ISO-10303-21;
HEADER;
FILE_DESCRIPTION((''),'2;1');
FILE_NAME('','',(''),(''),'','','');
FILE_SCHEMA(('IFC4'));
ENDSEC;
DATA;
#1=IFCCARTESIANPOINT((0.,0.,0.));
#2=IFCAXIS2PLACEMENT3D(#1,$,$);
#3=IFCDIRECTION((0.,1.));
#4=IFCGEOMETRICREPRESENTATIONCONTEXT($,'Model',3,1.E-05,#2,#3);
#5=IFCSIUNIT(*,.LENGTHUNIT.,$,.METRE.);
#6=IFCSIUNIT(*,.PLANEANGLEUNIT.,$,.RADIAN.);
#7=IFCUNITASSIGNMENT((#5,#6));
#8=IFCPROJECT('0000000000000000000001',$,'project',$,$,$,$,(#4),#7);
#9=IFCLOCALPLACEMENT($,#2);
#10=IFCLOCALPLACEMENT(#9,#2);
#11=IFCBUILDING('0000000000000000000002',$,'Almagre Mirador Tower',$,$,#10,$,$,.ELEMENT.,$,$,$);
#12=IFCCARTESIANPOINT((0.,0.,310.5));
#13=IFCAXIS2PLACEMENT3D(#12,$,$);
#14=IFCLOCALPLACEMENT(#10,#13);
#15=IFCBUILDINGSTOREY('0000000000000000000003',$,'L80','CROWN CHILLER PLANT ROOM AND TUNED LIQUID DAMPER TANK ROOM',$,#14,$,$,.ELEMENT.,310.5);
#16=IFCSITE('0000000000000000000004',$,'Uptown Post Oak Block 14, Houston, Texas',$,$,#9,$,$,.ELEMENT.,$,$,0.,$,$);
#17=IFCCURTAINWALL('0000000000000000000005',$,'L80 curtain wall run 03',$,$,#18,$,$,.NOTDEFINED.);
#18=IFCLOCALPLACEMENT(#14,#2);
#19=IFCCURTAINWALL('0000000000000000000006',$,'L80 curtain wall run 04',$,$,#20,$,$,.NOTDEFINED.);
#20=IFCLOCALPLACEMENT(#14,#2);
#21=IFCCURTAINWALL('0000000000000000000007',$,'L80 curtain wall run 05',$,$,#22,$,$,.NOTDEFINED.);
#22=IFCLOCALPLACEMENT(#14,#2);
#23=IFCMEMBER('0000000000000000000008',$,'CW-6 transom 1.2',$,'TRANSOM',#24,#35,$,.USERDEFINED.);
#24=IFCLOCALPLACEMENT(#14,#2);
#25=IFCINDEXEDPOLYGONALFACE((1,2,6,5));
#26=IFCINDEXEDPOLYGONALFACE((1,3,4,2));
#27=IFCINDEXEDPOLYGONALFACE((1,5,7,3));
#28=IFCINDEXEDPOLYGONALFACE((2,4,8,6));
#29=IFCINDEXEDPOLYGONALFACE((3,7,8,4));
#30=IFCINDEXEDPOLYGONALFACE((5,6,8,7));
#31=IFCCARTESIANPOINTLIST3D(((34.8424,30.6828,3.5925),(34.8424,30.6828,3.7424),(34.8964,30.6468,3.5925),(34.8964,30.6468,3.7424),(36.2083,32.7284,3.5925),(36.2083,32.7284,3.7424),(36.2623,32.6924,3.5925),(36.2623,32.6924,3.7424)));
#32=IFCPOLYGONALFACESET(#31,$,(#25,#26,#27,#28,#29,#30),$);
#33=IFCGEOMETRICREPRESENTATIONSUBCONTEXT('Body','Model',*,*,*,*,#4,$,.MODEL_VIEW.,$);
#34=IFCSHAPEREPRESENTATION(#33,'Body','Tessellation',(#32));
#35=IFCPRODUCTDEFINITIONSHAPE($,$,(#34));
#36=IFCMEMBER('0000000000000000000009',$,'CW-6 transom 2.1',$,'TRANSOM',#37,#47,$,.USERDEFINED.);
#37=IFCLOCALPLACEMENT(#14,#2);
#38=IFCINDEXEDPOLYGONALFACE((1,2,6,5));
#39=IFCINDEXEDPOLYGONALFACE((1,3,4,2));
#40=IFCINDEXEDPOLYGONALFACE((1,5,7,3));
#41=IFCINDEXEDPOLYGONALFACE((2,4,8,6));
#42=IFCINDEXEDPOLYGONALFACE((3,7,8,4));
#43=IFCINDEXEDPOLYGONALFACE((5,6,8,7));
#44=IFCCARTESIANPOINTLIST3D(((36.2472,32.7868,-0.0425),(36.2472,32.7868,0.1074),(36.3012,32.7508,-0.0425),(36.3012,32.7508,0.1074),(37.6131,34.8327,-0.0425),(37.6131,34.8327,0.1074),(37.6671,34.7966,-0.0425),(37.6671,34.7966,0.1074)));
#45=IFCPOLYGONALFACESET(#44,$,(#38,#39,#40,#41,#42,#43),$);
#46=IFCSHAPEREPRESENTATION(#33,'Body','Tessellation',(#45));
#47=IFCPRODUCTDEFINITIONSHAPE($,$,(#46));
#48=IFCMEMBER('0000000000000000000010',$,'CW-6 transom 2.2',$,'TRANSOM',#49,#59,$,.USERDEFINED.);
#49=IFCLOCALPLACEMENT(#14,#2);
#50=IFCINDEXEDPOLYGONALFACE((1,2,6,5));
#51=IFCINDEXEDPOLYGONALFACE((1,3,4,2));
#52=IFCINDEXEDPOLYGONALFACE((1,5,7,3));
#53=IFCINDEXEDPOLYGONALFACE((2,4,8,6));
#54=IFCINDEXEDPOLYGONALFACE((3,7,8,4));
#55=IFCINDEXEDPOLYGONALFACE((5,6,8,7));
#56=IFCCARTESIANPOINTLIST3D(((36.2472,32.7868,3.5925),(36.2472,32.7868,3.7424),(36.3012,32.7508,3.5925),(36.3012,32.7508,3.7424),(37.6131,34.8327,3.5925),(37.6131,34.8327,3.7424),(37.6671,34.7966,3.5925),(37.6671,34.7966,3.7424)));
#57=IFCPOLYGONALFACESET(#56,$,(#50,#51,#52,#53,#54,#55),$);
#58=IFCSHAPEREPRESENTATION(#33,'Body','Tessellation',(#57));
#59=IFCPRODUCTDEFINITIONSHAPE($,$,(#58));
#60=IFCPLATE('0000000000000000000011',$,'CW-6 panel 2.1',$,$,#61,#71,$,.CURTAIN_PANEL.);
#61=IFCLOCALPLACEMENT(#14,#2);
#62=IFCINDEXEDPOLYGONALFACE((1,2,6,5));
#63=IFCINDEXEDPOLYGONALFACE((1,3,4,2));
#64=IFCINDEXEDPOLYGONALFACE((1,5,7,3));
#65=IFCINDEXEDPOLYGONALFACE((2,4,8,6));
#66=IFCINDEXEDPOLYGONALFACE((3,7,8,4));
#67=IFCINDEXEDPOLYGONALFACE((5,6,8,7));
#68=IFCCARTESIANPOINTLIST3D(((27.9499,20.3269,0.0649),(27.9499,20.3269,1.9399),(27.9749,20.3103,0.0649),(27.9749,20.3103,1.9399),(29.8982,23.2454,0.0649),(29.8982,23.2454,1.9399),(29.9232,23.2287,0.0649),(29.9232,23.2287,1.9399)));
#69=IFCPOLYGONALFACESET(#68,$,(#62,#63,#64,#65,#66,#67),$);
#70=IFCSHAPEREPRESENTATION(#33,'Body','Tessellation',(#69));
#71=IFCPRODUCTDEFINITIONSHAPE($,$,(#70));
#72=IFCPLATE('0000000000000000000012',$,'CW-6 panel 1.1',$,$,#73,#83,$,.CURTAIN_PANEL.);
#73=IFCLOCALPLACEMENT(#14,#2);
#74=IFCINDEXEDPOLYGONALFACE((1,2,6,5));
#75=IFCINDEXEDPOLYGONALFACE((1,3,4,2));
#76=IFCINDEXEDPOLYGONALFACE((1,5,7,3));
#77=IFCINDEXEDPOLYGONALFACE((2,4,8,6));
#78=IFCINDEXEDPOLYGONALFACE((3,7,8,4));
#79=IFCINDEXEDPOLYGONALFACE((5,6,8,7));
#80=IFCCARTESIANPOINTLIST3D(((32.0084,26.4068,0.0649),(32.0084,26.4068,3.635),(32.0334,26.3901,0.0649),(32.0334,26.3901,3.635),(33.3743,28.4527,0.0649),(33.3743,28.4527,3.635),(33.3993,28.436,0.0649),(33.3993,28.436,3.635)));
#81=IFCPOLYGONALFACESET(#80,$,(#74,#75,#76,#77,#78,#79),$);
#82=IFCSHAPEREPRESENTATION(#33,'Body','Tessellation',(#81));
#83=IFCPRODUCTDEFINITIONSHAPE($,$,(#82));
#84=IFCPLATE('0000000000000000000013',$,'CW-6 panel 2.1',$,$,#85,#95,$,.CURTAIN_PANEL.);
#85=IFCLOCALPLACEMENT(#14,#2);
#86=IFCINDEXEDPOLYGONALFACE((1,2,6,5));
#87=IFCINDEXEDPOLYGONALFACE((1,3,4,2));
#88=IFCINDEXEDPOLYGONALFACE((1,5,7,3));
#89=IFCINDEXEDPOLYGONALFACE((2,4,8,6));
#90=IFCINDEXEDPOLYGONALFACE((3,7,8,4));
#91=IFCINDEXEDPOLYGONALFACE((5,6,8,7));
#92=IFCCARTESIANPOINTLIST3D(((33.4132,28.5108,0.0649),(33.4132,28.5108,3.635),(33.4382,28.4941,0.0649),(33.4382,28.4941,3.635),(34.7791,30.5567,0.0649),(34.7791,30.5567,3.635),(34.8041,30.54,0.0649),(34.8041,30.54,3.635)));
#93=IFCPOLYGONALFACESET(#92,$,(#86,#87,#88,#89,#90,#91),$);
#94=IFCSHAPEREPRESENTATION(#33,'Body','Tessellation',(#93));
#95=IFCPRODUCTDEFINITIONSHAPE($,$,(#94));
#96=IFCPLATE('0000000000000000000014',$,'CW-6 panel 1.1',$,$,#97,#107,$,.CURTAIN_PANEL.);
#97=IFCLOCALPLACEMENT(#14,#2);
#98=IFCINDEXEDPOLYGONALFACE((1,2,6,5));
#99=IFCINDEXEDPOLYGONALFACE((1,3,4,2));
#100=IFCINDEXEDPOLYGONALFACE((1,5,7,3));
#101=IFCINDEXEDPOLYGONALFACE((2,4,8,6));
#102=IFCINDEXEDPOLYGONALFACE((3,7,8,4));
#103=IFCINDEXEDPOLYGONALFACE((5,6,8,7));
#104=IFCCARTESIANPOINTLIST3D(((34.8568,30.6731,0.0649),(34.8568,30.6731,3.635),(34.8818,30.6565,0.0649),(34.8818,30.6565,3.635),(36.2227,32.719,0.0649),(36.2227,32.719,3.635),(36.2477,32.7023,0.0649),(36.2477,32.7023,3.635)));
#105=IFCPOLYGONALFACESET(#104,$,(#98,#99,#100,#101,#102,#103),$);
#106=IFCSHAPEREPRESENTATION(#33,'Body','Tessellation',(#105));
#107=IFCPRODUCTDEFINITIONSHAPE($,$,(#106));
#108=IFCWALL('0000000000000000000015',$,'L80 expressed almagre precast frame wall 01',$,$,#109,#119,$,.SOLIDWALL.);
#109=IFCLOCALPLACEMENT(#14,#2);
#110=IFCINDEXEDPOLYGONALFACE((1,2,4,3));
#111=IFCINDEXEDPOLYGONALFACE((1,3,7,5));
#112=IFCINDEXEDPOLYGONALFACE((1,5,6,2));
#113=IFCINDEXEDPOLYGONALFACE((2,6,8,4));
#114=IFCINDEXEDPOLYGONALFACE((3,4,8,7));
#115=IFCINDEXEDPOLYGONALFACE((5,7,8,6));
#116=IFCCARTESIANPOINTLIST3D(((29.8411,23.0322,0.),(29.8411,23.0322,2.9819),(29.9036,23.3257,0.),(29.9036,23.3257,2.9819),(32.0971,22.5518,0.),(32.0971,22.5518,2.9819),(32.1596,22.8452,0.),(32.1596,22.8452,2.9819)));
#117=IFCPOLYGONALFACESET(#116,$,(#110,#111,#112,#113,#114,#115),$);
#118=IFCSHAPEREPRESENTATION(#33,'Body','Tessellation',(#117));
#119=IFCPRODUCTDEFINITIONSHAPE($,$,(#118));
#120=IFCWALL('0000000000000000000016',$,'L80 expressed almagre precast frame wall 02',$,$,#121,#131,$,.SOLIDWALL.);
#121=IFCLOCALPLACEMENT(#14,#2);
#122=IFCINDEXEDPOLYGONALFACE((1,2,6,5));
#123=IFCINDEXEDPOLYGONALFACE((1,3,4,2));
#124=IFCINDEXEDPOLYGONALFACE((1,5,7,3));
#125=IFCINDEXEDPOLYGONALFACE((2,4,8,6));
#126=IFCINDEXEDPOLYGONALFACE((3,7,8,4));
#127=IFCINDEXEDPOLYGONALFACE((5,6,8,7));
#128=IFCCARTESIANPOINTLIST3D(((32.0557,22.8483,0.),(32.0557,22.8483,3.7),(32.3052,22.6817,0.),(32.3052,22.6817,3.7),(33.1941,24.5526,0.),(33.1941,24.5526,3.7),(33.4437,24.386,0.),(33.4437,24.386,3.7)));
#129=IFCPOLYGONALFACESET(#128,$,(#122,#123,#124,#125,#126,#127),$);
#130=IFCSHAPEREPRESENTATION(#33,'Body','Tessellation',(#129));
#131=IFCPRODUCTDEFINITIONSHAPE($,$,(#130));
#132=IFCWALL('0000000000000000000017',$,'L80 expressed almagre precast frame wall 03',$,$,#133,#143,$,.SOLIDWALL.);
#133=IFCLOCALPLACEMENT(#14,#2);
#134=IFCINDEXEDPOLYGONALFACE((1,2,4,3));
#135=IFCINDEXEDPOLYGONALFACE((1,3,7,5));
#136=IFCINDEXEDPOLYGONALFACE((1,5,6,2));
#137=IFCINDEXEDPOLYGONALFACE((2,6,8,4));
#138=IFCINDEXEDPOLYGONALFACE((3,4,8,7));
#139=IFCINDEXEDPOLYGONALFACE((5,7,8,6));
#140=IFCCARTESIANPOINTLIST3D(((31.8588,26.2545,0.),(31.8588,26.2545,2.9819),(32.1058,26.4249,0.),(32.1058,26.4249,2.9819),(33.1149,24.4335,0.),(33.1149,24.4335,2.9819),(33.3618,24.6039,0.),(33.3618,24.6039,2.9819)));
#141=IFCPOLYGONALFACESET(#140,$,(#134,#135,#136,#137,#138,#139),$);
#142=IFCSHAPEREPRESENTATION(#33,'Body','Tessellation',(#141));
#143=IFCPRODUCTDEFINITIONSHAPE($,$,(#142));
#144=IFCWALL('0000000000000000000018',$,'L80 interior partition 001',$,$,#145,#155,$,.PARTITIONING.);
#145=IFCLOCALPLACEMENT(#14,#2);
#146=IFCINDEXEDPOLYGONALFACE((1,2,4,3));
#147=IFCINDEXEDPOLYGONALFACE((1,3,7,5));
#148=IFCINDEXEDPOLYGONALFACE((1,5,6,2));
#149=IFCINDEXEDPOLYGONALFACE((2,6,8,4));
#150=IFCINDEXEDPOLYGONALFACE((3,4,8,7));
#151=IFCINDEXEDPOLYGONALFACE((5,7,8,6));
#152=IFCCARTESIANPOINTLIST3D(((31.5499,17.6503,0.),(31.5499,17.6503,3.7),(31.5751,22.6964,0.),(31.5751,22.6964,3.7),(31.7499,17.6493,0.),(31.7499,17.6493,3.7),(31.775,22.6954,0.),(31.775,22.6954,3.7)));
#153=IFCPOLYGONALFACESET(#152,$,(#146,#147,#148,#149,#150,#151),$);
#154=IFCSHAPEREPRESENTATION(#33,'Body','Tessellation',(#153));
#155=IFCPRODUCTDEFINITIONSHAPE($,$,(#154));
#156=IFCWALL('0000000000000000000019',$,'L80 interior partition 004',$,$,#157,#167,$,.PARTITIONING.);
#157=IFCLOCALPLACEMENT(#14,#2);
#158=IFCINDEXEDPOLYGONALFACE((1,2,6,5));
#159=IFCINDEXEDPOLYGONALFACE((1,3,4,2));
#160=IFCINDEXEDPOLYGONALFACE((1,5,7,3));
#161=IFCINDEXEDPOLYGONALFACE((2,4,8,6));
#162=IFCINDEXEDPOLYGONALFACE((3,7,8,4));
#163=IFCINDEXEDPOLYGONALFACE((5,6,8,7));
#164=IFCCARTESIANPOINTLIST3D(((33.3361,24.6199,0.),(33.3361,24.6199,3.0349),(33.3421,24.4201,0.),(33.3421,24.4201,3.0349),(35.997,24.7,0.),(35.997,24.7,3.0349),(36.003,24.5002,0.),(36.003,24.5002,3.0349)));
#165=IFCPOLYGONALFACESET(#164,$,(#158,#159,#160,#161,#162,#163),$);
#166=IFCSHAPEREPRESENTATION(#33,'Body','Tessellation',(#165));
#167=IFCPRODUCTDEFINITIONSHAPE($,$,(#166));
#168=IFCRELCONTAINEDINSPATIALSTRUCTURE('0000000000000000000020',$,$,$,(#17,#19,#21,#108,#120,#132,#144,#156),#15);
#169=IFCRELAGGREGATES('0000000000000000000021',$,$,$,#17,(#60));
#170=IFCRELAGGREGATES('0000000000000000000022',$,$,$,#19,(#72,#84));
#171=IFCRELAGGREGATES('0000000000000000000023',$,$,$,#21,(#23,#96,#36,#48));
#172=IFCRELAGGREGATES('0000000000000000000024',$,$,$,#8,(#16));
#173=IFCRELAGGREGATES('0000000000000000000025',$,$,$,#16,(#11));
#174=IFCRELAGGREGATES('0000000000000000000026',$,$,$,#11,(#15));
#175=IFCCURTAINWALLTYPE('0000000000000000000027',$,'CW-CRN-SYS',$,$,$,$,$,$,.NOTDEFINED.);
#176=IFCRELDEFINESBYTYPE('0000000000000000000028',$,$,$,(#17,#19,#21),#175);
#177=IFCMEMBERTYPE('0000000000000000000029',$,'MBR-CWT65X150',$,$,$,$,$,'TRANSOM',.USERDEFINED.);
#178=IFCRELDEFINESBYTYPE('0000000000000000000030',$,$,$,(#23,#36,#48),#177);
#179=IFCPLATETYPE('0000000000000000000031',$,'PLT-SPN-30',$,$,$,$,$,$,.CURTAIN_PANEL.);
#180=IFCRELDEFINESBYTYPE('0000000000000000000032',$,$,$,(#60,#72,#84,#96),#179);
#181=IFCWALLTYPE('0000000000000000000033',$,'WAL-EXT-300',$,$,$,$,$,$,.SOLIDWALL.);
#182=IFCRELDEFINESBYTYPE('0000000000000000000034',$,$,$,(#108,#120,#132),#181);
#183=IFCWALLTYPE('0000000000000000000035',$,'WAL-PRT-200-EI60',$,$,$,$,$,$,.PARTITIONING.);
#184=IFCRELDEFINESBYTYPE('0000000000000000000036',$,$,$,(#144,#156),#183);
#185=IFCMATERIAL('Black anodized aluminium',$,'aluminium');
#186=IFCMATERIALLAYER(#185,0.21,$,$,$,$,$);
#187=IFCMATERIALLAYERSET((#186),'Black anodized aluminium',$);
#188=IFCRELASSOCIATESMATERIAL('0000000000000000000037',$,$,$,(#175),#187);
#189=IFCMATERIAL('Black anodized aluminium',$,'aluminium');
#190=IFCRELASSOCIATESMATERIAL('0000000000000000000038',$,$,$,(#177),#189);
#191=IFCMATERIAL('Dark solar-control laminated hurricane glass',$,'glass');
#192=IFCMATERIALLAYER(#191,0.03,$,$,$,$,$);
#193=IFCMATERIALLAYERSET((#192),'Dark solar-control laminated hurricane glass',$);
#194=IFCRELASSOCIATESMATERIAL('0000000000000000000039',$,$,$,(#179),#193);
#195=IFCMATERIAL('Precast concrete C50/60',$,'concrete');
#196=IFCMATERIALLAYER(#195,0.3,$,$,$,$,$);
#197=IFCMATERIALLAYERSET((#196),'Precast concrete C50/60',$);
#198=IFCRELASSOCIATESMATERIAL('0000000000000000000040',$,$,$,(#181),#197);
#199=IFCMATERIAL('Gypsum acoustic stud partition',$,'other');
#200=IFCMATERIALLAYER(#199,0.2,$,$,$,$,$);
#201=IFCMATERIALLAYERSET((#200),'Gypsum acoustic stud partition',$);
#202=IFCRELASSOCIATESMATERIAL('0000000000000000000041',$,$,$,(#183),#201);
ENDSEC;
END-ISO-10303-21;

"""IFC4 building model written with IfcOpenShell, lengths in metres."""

from ifc_helpers import new_model, si_unit, direction, frame, frame_2d, origin, origin_2d, place, context, subcontext, project, spatial, rectangle, extrude, material, layer, layer_set, material_profile, profile_set, type_object, element, aggregate, save


model = new_model("IFC4")

# Units and contexts
model_context = context("Model", 3, precision=1e-05, world=origin(), true_north=direction((0.0, 1.0)))
body_context = subcontext(model_context, "Body", "Model", "MODEL_VIEW")
ifc_project = project(units=[si_unit("LENGTHUNIT", "METRE"), si_unit("PLANEANGLEUNIT", "RADIAN")], contexts=[model_context])

# Site, building, storey
site_placement = place(None, origin())
site = spatial("IfcSite", under=ifc_project, at=site_placement, Name="Uptown Post Oak Block 14, Houston, Texas", CompositionType="ELEMENT", RefElevation=0.0)
building_placement = place(site_placement, origin())
building = spatial("IfcBuilding", under=site, at=building_placement, Name="Almagre Mirador Tower", CompositionType="ELEMENT")
storey_placement = place(building_placement, frame((0.0, 0.0, 310.5)))
storey = spatial("IfcBuildingStorey", under=building, at=storey_placement, Name="L80", Description="CROWN CHILLER PLANT ROOM AND TUNED LIQUID DAMPER TANK ROOM", CompositionType="ELEMENT", Elevation=310.5)

# Curtain wall
ifc_material_1 = material(Name="Black anodized aluminium", Category="aluminium")
ifc_layer_1 = layer(ifc_material_1, 0.21)
ifc_layer_set_1 = layer_set([ifc_layer_1], Name="Black anodized aluminium")
curtain_wall_type = type_object("IfcCurtainWallType", Name="CW-CRN-SYS", PredefinedType="NOTDEFINED", material=ifc_layer_set_1)
curtain_wall_1_placement = place(storey_placement, origin())
curtain_wall_1 = element("IfcCurtainWall", 1, at=curtain_wall_1_placement, inside=storey, type_object=curtain_wall_type, Name="L80 curtain wall run 03", PredefinedType="NOTDEFINED")

# Curtain walls
curtain_wall_2_placement = place(storey_placement, origin())
curtain_wall_2 = element("IfcCurtainWall", 2, at=curtain_wall_2_placement, inside=storey, type_object=curtain_wall_type, Name="L80 curtain wall run 04", PredefinedType="NOTDEFINED")
curtain_wall_3_placement = place(storey_placement, origin())
curtain_wall_3 = element("IfcCurtainWall", 3, at=curtain_wall_3_placement, inside=storey, type_object=curtain_wall_type, Name="L80 curtain wall run 05", PredefinedType="NOTDEFINED")

# Members
ifc_material_2 = material(Name="Black anodized aluminium", Category="aluminium")
ifc_material_profile_1 = material_profile(ifc_material_2, rectangle(XDim=0.0649, YDim=0.1499, at=origin_2d()), Name="CWT65X150")
ifc_profile_set_1 = profile_set([ifc_material_profile_1], Name="Black anodized aluminium")
member_type_1 = type_object("IfcMemberType", Name="MBR-CWT65X150", ElementType="TRANSOM", PredefinedType="USERDEFINED", material=ifc_profile_set_1)
member_1_placement = place(storey_placement, frame((34.8694, 30.6648, 3.6675), z_axis=(0.555318, 0.831638, 0.0), x_axis=(-0.831638, 0.555318, 0.0)))
member_1 = element("IfcMember", 4, at=member_1_placement, type_object=member_type_1, Name="CW-6 transom 1.2", ObjectType="TRANSOM", PredefinedType="USERDEFINED", context=body_context, shape_type="SweptSolid", body=[
    extrude(rectangle(XDim=0.0649, YDim=0.1499, at=origin_2d()), origin(), (0.0, 0.0, 1.0), 2.4597),
])
member_2_placement = place(storey_placement, frame((36.2742, 32.7688, 0.0325), z_axis=(0.555273, 0.831668, 0.0), x_axis=(-0.831668, 0.555273, 0.0)))
member_2 = element("IfcMember", 5, at=member_2_placement, type_object=member_type_1, Name="CW-6 transom 2.1", ObjectType="TRANSOM", PredefinedType="USERDEFINED", context=body_context, shape_type="SweptSolid", body=[
    extrude(rectangle(XDim=0.0649, YDim=0.1499, at=origin_2d()), origin(), (0.0, 0.0, 1.0), 2.46),
])
member_3_placement = place(storey_placement, frame((36.2742, 32.7688, 3.6675), z_axis=(0.555273, 0.831668, 0.0), x_axis=(-0.831668, 0.555273, 0.0)))
member_3 = element("IfcMember", 6, at=member_3_placement, type_object=member_type_1, Name="CW-6 transom 2.2", ObjectType="TRANSOM", PredefinedType="USERDEFINED", context=body_context, shape_type="SweptSolid", body=[
    extrude(rectangle(XDim=0.0649, YDim=0.1499, at=origin_2d()), origin(), (0.0, 0.0, 1.0), 2.46),
])

# Plates
ifc_material_3 = material(Name="Dark solar-control laminated hurricane glass", Category="glass")
ifc_layer_2 = layer(ifc_material_3, 0.03)
ifc_layer_set_2 = layer_set([ifc_layer_2], Name="Dark solar-control laminated hurricane glass")
plate_type = type_object("IfcPlateType", Name="PLT-SPN-30", PredefinedType="CURTAIN_PANEL", material=ifc_layer_set_2)
plate_1_placement = place(storey_placement, frame((28.9365, 21.7778, 0.0649), z_axis=(0.0, 0.0, 1.0), x_axis=(0.555224, 0.831701, 0.0)))
plate_1 = element("IfcPlate", 7, at=plate_1_placement, type_object=plate_type, Name="CW-6 panel 2.1", PredefinedType="CURTAIN_PANEL", context=body_context, shape_type="SweptSolid", body=[
    extrude(rectangle(XDim=3.509, YDim=0.03, at=origin_2d()), origin(), (0.0, 0.0, 1.0), 1.875),
])
aggregate(curtain_wall_1, [plate_1])
plate_2_placement = place(storey_placement, frame((32.7039, 27.4214, 0.0649), z_axis=(0.0, 0.0, 1.0), x_axis=(0.555267, 0.831672, 0.0)))
plate_2 = element("IfcPlate", 8, at=plate_2_placement, type_object=plate_type, Name="CW-6 panel 1.1", PredefinedType="CURTAIN_PANEL", context=body_context, shape_type="SweptSolid", body=[
    extrude(rectangle(XDim=2.46, YDim=0.03, at=origin_2d()), origin(), (0.0, 0.0, 1.0), 3.5701),
])
plate_3_placement = place(storey_placement, frame((34.1086, 29.5254, 0.0649), z_axis=(0.0, 0.0, 1.0), x_axis=(0.555267, 0.831672, 0.0)))
plate_3 = element("IfcPlate", 9, at=plate_3_placement, type_object=plate_type, Name="CW-6 panel 2.1", PredefinedType="CURTAIN_PANEL", context=body_context, shape_type="SweptSolid", body=[
    extrude(rectangle(XDim=2.46, YDim=0.03, at=origin_2d()), origin(), (0.0, 0.0, 1.0), 3.5701),
])
aggregate(curtain_wall_2, [plate_2, plate_3])
plate_4_placement = place(storey_placement, frame((35.5522, 31.6877, 0.0649), z_axis=(0.0, 0.0, 1.0), x_axis=(0.555267, 0.831672, 0.0)))
plate_4 = element("IfcPlate", 10, at=plate_4_placement, type_object=plate_type, Name="CW-6 panel 1.1", PredefinedType="CURTAIN_PANEL", context=body_context, shape_type="SweptSolid", body=[
    extrude(rectangle(XDim=2.46, YDim=0.03, at=origin_2d()), origin(), (0.0, 0.0, 1.0), 3.5701),
])
aggregate(curtain_wall_3, [member_1, plate_4, member_2, member_3])

# Walls
ifc_material_4 = material(Name="Precast concrete C50/60", Category="concrete")
ifc_layer_3 = layer(ifc_material_4, 0.3)
ifc_layer_set_3 = layer_set([ifc_layer_3], Name="Precast concrete C50/60")
wall_type_1 = type_object("IfcWallType", Name="WAL-EXT-300", PredefinedType="SOLIDWALL", material=ifc_layer_set_3)
wall_1_placement = place(storey_placement, frame((29.8723, 23.179, 0.0), z_axis=(0.0, 0.0, 1.0), x_axis=(0.978066, -0.208293, 0.0)))
element("IfcWall", 11, at=wall_1_placement, inside=storey, type_object=wall_type_1, Name="L80 expressed almagre precast frame wall 01", PredefinedType="SOLIDWALL", context=body_context, shape_type="SweptSolid", body=[
    extrude(rectangle(XDim=2.3066, YDim=0.3, at=frame_2d((1.1533, 0.0))), origin(), (0.0, 0.0, 1.0), 2.9819),
])
wall_2_placement = place(storey_placement, frame((32.1804, 22.7649, 0.0), z_axis=(0.0, 0.0, 1.0), x_axis=(0.555442, 0.831555, 0.0)))
element("IfcWall", 12, at=wall_2_placement, inside=storey, type_object=wall_type_1, Name="L80 expressed almagre precast frame wall 02", PredefinedType="SOLIDWALL", context=body_context, shape_type="SweptSolid", body=[
    extrude(rectangle(XDim=2.0496, YDim=0.3, at=frame_2d((1.0249, 0.0))), origin(), (0.0, 0.0, 1.0), 3.7),
])
wall_3_placement = place(storey_placement, frame((33.2383, 24.5188, 0.0), z_axis=(0.0, 0.0, 1.0), x_axis=(-0.567797, 0.823168, 0.0)))
element("IfcWall", 13, at=wall_3_placement, inside=storey, type_object=wall_type_1, Name="L80 expressed almagre precast frame wall 03", PredefinedType="SOLIDWALL", context=body_context, shape_type="SweptSolid", body=[
    extrude(rectangle(XDim=2.2122, YDim=0.3, at=frame_2d((1.106, 0.0))), origin(), (0.0, 0.0, 1.0), 2.9819),
])
ifc_material_5 = material(Name="Gypsum acoustic stud partition", Category="other")
ifc_layer_4 = layer(ifc_material_5, 0.2)
ifc_layer_set_4 = layer_set([ifc_layer_4], Name="Gypsum acoustic stud partition")
wall_type_2 = type_object("IfcWallType", Name="WAL-PRT-200-EI60", PredefinedType="PARTITIONING", material=ifc_layer_set_4)
wall_4_placement = place(storey_placement, frame((31.6499, 17.6499, 0.0), z_axis=(0.0, 0.0, 1.0), x_axis=(0.004983, 0.999988, 0.0)))
element("IfcWall", 14, at=wall_4_placement, inside=storey, type_object=wall_type_2, Name="L80 interior partition 001", PredefinedType="PARTITIONING", context=body_context, shape_type="SweptSolid", body=[
    extrude(rectangle(XDim=5.0461, YDim=0.2, at=frame_2d((2.5229, 0.0))), origin(), (0.0, 0.0, 1.0), 3.7),
])
wall_5_placement = place(storey_placement, frame((33.3391, 24.52, 0.0), z_axis=(0.0, 0.0, 1.0), x_axis=(0.999547, 0.030081, 0.0)))
element("IfcWall", 15, at=wall_5_placement, inside=storey, type_object=wall_type_2, Name="L80 interior partition 004", PredefinedType="PARTITIONING", context=body_context, shape_type="SweptSolid", body=[
    extrude(rectangle(XDim=2.6621, YDim=0.2, at=frame_2d((1.3311, 0.0))), origin(), (0.0, 0.0, 1.0), 3.0349),
])

save(model, "model.ifc")
